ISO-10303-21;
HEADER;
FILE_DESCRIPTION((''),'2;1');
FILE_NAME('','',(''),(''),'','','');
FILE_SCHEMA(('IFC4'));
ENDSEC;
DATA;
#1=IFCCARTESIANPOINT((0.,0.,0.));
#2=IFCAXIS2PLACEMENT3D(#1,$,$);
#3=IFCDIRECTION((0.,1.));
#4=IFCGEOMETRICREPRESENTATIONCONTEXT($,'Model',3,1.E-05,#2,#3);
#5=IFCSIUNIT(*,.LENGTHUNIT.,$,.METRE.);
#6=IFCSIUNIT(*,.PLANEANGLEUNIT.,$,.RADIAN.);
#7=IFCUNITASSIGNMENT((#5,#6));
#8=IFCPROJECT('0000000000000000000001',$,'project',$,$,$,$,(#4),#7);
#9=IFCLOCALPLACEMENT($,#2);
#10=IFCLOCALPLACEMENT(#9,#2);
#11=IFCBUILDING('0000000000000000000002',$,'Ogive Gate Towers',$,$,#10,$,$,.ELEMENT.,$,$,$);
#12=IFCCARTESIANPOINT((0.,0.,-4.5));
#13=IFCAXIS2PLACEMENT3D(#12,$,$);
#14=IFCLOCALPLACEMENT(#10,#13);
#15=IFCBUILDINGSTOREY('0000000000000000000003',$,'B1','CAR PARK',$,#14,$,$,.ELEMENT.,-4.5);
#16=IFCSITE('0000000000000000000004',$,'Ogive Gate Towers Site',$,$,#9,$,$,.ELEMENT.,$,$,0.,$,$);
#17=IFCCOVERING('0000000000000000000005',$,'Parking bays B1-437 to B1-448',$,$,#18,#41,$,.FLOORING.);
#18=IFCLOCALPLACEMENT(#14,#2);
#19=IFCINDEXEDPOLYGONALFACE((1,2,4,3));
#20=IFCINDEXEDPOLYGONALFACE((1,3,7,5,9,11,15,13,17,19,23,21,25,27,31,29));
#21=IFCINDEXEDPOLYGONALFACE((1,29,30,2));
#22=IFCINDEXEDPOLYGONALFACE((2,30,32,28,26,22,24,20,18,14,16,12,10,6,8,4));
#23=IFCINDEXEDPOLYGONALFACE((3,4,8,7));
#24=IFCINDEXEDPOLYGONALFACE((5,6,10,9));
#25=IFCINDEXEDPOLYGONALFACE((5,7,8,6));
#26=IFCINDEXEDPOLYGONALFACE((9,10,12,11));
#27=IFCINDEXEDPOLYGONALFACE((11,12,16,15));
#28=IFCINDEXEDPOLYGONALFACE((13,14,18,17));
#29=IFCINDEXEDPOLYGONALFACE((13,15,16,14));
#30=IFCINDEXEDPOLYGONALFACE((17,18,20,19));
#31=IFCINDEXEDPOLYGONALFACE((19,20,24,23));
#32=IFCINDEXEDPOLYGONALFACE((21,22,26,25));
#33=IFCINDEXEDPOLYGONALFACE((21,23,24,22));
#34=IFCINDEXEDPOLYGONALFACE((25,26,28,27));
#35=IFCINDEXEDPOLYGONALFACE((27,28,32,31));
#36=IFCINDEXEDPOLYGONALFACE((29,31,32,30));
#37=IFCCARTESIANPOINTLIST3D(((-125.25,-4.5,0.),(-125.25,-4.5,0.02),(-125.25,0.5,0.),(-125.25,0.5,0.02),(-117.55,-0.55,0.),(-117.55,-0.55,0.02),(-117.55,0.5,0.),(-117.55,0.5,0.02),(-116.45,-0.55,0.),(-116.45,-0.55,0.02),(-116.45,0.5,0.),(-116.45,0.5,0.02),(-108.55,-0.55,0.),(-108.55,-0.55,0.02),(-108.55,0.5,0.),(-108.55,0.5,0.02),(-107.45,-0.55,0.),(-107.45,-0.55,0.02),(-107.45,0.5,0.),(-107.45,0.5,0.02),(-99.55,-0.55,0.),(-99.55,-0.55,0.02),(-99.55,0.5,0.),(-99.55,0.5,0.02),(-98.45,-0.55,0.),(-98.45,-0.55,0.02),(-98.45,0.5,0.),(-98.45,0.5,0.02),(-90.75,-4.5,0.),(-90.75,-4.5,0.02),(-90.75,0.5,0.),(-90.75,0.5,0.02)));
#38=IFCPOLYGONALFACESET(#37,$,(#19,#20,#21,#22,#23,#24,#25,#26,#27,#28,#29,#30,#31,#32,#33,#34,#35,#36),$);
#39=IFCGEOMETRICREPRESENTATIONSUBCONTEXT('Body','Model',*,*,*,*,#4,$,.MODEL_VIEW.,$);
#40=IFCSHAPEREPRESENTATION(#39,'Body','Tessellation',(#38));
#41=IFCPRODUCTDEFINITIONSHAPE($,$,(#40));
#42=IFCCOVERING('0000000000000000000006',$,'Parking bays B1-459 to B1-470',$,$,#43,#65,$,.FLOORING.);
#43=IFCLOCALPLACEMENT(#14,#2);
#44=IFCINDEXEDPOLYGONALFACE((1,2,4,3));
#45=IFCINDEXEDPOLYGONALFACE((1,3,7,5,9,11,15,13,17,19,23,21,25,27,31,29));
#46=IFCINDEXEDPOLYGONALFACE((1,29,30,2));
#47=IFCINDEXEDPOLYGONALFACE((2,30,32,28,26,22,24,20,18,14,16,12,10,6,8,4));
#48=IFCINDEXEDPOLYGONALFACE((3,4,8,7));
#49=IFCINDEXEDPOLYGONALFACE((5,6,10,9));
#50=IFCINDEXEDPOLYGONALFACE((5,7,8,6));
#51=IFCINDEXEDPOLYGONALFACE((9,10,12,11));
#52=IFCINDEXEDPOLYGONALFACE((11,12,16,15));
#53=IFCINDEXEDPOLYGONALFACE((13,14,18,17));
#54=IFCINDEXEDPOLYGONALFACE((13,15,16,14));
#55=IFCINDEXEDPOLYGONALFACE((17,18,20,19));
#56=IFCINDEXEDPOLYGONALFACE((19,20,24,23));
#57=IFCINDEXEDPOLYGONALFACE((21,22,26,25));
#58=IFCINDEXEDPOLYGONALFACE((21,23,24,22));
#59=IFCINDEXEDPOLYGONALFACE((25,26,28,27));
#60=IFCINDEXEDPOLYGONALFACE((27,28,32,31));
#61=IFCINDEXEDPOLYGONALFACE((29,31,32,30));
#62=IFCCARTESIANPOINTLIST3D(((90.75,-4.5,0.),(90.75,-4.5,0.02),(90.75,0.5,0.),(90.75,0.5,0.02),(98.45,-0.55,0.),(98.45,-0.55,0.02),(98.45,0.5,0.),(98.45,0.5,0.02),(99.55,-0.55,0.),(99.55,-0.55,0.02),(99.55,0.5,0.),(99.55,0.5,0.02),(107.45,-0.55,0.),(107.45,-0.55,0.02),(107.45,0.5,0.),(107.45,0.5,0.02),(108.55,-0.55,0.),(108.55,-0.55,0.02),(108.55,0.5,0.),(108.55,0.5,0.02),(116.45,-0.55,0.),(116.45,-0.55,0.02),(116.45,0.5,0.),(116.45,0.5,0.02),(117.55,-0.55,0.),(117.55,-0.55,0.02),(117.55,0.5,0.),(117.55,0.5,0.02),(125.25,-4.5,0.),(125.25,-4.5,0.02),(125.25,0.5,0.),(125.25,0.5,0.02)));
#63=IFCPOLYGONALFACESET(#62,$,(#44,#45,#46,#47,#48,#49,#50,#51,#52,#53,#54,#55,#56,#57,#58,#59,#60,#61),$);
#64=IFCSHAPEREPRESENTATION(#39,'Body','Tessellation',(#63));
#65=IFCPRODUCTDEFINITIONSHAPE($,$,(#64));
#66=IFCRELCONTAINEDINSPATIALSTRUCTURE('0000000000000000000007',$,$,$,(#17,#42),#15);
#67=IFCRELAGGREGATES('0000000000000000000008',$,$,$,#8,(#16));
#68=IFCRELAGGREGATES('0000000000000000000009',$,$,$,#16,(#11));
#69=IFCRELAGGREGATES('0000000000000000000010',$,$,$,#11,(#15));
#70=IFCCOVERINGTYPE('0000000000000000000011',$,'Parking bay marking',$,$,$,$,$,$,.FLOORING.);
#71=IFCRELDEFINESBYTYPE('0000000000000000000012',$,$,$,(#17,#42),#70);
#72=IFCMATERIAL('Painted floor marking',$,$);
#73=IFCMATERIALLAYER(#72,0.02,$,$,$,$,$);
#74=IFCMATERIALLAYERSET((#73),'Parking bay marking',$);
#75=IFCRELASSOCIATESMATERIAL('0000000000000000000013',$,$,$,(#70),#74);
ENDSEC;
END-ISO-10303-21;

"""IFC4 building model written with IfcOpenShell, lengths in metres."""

from ifc_helpers import new_model, si_unit, direction, frame, origin, place, context, subcontext, project, spatial, polyline, outline, extrude, material, layer, layer_set, type_object, element, save


model = new_model("IFC4")

# Units and contexts
model_context = context("Model", 3, precision=1e-05, world=origin(), true_north=direction((0.0, 1.0)))
body_context = subcontext(model_context, "Body", "Model", "MODEL_VIEW")
ifc_project = project(units=[si_unit("LENGTHUNIT", "METRE"), si_unit("PLANEANGLEUNIT", "RADIAN")], contexts=[model_context])

# Site, building, storey
site_placement = place(None, origin())
site = spatial("IfcSite", under=ifc_project, at=site_placement, Name="Ogive Gate Towers Site", CompositionType="ELEMENT", RefElevation=0.0)
building_placement = place(site_placement, origin())
building = spatial("IfcBuilding", under=site, at=building_placement, Name="Ogive Gate Towers", CompositionType="ELEMENT")
storey_placement = place(building_placement, frame((0.0, 0.0, -4.5)))
storey = spatial("IfcBuildingStorey", under=building, at=storey_placement, Name="B1", Description="CAR PARK", CompositionType="ELEMENT", Elevation=-4.5)

# Coverings
ifc_material_1 = material(Name="Painted floor marking")
ifc_layer_1 = layer(ifc_material_1, 0.02)
ifc_layer_set_1 = layer_set([ifc_layer_1], Name="Parking bay marking")
covering_type_1 = type_object("IfcCoveringType", Name="Parking bay marking", PredefinedType="FLOORING", material=ifc_layer_set_1)
covering_1_placement = place(storey_placement, origin())
element("IfcCovering", 1, at=covering_1_placement, inside=storey, type_object=covering_type_1, Name="Parking bays B1-437 to B1-448", PredefinedType="FLOORING", context=body_context, shape_type="SweptSolid", body=[
    extrude(outline(polyline([(-125.25, 0.5), (-117.55, 0.5), (-117.55, -0.55), (-116.45, -0.55), (-116.45, 0.5), (-108.55, 0.5), (-108.55, -0.55), (-107.45, -0.55), (-107.45, 0.5), (-99.55, 0.5), (-99.55, -0.55), (-98.45, -0.55), (-98.45, 0.5), (-90.75, 0.5), (-90.75, -4.5), (-125.25, -4.5), (-125.25, 0.5)])), origin(), (0.0, 0.0, 1.0), 0.02),
])
covering_2_placement = place(storey_placement, origin())
element("IfcCovering", 2, at=covering_2_placement, inside=storey, type_object=covering_type_1, Name="Parking bays B1-459 to B1-470", PredefinedType="FLOORING", context=body_context, shape_type="SweptSolid", body=[
    extrude(outline(polyline([(90.75, 0.5), (98.45, 0.5), (98.45, -0.55), (99.55, -0.55), (99.55, 0.5), (107.45, 0.5), (107.45, -0.55), (108.55, -0.55), (108.55, 0.5), (116.45, 0.5), (116.45, -0.55), (117.55, -0.55), (117.55, 0.5), (125.25, 0.5), (125.25, -4.5), (90.75, -4.5), (90.75, 0.5)])), origin(), (0.0, 0.0, 1.0), 0.02),
])

save(model, "model.ifc")
